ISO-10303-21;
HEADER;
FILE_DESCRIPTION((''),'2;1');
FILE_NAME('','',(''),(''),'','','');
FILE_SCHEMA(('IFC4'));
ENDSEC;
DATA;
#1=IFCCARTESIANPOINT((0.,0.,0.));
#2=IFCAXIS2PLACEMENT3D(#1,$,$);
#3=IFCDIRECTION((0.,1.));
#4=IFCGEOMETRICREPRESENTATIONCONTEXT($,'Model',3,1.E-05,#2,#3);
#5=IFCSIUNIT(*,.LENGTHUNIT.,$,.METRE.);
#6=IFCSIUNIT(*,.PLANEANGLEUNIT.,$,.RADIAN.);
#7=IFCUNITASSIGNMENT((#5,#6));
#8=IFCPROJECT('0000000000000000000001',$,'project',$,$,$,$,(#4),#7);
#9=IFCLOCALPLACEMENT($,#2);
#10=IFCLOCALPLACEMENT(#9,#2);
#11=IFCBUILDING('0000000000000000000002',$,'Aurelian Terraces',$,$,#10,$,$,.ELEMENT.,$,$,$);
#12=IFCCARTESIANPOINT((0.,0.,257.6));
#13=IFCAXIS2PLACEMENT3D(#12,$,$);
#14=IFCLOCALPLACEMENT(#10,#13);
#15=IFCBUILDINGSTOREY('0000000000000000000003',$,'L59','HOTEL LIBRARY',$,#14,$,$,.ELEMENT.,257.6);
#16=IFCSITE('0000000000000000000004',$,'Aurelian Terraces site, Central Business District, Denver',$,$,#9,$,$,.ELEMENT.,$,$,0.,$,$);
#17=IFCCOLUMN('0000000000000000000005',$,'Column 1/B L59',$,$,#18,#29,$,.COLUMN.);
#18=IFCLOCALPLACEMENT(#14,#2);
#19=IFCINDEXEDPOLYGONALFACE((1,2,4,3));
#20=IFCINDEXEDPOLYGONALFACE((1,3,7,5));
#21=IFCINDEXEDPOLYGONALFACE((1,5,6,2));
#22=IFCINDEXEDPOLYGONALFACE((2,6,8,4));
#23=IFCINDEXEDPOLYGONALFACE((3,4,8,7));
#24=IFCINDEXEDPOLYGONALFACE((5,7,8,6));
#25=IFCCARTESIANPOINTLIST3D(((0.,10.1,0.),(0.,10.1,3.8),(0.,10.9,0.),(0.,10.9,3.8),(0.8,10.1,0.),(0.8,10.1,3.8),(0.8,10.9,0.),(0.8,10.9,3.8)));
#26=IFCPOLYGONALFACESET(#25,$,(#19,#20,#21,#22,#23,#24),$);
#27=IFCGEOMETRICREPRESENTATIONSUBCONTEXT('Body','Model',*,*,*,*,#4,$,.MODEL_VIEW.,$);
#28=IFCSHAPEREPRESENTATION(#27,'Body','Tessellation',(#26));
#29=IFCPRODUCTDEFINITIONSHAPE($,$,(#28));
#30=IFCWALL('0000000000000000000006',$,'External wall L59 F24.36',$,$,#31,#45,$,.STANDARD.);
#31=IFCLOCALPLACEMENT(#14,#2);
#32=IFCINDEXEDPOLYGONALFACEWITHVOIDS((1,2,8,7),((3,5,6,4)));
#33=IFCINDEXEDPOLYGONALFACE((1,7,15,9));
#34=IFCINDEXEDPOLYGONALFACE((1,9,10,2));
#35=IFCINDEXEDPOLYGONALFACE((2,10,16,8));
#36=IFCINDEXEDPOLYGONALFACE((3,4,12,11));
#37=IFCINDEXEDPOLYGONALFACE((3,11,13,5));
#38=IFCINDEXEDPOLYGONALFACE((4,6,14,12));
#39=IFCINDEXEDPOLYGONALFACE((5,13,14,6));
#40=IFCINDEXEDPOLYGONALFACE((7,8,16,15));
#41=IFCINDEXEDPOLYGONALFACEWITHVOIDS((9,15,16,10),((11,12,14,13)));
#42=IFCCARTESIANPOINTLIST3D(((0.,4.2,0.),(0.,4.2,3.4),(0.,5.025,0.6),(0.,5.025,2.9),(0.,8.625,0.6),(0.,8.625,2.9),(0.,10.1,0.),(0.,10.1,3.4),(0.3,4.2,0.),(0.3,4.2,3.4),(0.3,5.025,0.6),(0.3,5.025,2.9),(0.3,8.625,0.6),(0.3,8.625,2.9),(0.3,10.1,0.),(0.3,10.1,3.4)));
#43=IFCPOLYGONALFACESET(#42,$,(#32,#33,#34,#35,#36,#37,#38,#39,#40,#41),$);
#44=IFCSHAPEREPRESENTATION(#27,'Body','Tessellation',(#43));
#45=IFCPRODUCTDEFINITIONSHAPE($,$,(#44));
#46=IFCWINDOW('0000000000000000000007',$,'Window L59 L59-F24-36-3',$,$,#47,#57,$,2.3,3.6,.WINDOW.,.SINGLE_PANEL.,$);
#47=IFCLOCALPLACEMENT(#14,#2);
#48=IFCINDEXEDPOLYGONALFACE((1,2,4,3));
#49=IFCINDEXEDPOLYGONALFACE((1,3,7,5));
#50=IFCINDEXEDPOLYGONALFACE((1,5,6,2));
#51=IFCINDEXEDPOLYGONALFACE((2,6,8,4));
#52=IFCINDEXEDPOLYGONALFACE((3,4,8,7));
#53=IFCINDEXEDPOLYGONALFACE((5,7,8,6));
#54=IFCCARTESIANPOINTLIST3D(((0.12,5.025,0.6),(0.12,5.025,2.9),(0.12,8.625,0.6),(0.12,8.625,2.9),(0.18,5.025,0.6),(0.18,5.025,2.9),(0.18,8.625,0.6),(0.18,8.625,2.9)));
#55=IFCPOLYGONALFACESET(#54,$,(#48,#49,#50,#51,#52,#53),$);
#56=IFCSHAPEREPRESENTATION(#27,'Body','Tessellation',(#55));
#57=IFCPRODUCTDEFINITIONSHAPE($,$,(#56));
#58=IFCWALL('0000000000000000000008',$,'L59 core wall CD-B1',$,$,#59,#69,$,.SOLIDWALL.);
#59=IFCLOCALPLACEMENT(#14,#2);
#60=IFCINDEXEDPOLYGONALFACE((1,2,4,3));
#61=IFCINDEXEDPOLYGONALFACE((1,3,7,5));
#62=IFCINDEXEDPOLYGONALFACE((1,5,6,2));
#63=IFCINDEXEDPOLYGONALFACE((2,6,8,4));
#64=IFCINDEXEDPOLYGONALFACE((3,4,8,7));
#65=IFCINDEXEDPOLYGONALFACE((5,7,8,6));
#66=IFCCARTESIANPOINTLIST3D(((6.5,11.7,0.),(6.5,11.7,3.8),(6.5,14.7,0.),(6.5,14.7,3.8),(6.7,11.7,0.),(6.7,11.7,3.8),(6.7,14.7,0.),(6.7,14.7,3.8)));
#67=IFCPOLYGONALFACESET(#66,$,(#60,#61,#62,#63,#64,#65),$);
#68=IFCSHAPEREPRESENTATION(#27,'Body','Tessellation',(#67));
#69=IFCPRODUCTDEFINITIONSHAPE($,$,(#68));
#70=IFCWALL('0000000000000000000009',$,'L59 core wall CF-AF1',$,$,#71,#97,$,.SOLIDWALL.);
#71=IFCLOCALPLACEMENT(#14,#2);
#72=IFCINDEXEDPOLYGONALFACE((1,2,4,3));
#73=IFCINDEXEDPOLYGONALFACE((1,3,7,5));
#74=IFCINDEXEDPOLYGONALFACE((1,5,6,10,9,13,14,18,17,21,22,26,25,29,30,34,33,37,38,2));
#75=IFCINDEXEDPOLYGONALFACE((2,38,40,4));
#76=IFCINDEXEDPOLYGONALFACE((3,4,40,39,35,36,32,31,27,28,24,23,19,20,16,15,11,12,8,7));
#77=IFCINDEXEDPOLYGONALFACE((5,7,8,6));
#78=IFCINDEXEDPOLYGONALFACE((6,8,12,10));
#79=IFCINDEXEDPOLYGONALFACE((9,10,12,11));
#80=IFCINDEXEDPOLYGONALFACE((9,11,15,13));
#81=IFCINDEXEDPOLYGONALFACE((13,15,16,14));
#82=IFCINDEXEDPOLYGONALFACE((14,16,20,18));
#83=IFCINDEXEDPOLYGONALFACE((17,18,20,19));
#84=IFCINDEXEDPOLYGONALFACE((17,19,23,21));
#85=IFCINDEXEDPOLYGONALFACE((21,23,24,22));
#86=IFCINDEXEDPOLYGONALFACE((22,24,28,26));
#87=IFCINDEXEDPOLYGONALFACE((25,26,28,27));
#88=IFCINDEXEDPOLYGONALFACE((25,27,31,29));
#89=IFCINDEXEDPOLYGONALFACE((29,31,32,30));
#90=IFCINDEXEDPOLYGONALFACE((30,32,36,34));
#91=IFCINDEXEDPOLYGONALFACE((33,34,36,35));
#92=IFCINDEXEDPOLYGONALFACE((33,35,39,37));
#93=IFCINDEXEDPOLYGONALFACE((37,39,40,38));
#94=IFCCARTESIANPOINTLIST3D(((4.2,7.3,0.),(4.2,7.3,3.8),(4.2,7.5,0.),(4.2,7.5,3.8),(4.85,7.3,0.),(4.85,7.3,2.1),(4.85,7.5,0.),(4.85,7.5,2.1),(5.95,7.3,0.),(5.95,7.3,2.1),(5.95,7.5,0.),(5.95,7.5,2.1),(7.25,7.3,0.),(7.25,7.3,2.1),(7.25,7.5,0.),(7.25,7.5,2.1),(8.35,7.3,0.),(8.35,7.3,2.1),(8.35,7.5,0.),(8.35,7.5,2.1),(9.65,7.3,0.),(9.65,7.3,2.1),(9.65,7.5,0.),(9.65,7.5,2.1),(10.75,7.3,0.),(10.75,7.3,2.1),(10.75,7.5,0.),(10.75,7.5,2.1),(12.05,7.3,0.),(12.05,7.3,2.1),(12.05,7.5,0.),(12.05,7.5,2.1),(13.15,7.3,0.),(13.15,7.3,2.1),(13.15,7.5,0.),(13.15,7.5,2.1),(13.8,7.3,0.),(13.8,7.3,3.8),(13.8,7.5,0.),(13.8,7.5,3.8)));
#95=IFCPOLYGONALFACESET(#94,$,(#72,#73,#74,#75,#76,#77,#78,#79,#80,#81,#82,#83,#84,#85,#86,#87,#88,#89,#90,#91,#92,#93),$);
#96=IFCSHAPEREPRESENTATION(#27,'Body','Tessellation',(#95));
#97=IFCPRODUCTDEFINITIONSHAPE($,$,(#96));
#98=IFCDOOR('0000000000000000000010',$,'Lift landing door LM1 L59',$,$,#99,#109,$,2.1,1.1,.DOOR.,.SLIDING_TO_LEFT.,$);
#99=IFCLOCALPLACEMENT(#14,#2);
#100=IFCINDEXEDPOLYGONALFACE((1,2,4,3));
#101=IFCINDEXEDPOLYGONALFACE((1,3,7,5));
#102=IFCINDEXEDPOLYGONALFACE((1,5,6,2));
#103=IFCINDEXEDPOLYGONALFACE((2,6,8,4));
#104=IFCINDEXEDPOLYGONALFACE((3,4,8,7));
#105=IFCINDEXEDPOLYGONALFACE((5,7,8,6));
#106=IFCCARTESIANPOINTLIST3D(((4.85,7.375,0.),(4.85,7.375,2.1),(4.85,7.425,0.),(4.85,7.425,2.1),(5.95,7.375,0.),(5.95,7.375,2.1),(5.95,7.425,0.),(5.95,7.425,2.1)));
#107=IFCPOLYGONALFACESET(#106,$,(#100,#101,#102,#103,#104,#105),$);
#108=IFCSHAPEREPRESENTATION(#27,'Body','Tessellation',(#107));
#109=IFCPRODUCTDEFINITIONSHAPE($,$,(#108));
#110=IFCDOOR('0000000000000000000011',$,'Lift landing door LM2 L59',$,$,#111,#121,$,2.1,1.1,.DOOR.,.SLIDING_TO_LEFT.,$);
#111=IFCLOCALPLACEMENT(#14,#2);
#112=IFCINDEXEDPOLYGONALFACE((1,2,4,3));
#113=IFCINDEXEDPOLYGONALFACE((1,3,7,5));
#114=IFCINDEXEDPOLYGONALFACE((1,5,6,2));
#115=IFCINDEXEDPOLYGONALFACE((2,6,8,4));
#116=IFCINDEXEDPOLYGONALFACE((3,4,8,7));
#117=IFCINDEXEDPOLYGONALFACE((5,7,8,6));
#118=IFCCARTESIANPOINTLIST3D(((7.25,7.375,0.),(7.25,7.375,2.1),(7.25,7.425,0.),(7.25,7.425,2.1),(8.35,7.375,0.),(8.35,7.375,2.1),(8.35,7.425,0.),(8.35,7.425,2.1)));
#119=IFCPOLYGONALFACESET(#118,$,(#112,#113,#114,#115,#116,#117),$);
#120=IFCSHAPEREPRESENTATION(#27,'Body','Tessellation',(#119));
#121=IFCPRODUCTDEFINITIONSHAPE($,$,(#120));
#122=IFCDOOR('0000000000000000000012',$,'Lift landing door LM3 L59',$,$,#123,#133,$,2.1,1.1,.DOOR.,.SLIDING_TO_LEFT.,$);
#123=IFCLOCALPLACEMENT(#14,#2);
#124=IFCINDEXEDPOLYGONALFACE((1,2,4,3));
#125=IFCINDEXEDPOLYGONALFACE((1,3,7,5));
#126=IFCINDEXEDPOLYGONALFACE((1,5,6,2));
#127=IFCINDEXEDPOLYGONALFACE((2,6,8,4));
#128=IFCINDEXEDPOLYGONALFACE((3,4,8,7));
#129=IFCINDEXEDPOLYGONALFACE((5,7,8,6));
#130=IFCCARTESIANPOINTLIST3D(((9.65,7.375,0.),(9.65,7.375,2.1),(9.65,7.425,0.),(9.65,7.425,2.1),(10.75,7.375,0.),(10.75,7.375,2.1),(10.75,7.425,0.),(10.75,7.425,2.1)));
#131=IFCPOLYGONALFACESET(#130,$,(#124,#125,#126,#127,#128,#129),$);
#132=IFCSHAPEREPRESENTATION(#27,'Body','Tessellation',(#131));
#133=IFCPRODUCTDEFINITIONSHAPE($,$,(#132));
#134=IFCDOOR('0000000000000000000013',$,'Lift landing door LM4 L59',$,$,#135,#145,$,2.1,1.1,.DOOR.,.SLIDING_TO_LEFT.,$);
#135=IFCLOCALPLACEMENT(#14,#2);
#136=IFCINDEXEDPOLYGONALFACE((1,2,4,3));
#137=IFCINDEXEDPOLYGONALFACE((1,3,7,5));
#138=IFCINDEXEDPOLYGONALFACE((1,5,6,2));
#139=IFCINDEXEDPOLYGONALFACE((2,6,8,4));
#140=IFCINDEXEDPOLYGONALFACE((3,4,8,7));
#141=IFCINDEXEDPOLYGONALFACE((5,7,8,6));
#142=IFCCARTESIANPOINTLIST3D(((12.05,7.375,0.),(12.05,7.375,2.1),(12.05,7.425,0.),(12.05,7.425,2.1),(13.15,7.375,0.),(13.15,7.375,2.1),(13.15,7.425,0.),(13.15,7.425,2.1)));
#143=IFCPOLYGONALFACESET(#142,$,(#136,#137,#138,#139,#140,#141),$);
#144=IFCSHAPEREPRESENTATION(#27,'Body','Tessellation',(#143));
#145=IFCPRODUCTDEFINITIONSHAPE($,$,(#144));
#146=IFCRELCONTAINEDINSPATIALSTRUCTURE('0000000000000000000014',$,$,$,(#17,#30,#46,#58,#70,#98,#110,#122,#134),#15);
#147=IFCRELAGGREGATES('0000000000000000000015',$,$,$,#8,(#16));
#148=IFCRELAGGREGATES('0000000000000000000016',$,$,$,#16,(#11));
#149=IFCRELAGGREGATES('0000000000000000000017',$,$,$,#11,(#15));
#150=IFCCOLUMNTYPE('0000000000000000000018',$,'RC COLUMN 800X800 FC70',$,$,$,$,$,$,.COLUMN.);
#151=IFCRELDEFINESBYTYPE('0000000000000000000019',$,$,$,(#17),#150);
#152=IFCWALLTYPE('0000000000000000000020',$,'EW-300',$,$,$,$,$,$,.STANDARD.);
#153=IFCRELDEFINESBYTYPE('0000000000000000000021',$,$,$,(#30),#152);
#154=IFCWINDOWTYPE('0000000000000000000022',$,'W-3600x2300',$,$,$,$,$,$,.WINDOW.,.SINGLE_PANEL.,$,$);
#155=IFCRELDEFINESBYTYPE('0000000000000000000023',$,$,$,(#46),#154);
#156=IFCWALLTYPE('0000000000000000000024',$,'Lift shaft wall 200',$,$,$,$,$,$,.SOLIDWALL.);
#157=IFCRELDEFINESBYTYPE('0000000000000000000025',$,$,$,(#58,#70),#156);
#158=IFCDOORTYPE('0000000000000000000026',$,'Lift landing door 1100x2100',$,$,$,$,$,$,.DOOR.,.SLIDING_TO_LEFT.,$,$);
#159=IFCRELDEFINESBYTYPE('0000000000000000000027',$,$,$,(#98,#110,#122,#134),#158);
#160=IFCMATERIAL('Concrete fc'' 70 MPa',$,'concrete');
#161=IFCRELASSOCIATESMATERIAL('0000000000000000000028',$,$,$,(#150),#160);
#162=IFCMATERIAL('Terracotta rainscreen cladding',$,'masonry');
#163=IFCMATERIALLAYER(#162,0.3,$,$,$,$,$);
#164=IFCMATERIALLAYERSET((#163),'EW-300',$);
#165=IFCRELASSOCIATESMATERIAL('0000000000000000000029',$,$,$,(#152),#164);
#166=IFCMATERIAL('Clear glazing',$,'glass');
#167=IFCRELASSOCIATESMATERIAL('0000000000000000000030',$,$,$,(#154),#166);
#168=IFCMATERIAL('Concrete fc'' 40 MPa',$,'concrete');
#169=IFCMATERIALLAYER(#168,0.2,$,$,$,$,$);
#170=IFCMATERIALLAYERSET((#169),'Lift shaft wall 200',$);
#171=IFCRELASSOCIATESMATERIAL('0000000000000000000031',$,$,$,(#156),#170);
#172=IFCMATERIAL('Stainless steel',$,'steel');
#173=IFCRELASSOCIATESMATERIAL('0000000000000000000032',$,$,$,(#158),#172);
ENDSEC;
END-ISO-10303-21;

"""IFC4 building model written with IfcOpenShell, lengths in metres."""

from ifc_helpers import new_model, si_unit, direction, frame, frame_2d, origin, origin_2d, place, context, subcontext, project, spatial, rectangle, extrude, source, transform, mapped, material, layer, layer_set, material_profile, profile_set, type_object, element, fill, save


model = new_model("IFC4")

# Units and contexts
model_context = context("Model", 3, precision=1e-05, world=origin(), true_north=direction((0.0, 1.0)))
body_context = subcontext(model_context, "Body", "Model", "MODEL_VIEW")
ifc_project = project(units=[si_unit("LENGTHUNIT", "METRE"), si_unit("PLANEANGLEUNIT", "RADIAN")], contexts=[model_context])

# Site, building, storey
site_placement = place(None, origin())
site = spatial("IfcSite", under=ifc_project, at=site_placement, Name="Aurelian Terraces site, Central Business District, Denver", CompositionType="ELEMENT", RefElevation=0.0)
building_placement = place(site_placement, origin())
building = spatial("IfcBuilding", under=site, at=building_placement, Name="Aurelian Terraces", CompositionType="ELEMENT")
storey_placement = place(building_placement, frame((0.0, 0.0, 257.6)))
storey = spatial("IfcBuildingStorey", under=building, at=storey_placement, Name="L59", Description="HOTEL LIBRARY", CompositionType="ELEMENT", Elevation=257.6)

# Column
ifc_material_1 = material(Name="Concrete fc' 70 MPa", Category="concrete")
ifc_material_profile = material_profile(ifc_material_1, rectangle(XDim=0.8, YDim=0.8, at=origin_2d()))
ifc_profile_set = profile_set([ifc_material_profile], Name="Concrete fc' 70 MPa")
column_type = type_object("IfcColumnType", Name="RC COLUMN 800X800 FC70", PredefinedType="COLUMN", material=ifc_profile_set)
shared_shape_1 = source(origin(), body_context, "Body", "SweptSolid", [
    extrude(rectangle(XDim=0.8, YDim=0.8, at=origin_2d()), origin(), (0.0, 0.0, 1.0), 3.8),
])
column_placement = place(storey_placement, frame((0.4, 10.5, 0.0), z_axis=(0.0, 0.0, 1.0), x_axis=(1.0, 0.0, 0.0)))
element("IfcColumn", 1, at=column_placement, inside=storey, type_object=column_type, Name="Column 1/B L59", PredefinedType="COLUMN", context=body_context, shape_type="MappedRepresentation", body=[
    mapped(shared_shape_1, transform((0.0, 0.0, 0.0), scale=1.0)),
])

# Wall, opening, window
ifc_material_2 = material(Name="Terracotta rainscreen cladding", Category="masonry")
ifc_layer_1 = layer(ifc_material_2, 0.3)
ifc_layer_set_1 = layer_set([ifc_layer_1], Name="EW-300")
wall_type_1 = type_object("IfcWallType", Name="EW-300", PredefinedType="STANDARD", material=ifc_layer_set_1)
shared_shape_2 = source(origin(), body_context, "Body", "SweptSolid", [
    extrude(rectangle(XDim=5.9, YDim=0.3, at=frame_2d((2.95, 0.0))), origin(), (0.0, 0.0, 1.0), 3.4),
])
wall_1_placement = place(storey_placement, frame((0.15, 10.1, 0.0), z_axis=(0.0, 0.0, 1.0), x_axis=(0.0, -1.0, 0.0)))
wall_1 = element("IfcWall", 2, at=wall_1_placement, inside=storey, type_object=wall_type_1, Name="External wall L59 F24.36", PredefinedType="STANDARD", context=body_context, shape_type="MappedRepresentation", body=[
    mapped(shared_shape_2, transform((0.0, 0.0, 0.0), scale=1.0)),
])
shared_shape_3 = source(origin(), body_context, "Body", "SweptSolid", [
    extrude(rectangle(XDim=3.6, YDim=2.3, at=frame_2d((1.8, 1.15))), frame((0.0, 0.16, 0.0), z_axis=(0.0, -1.0, 0.0), x_axis=(1.0, 0.0, 0.0)), (0.0, 0.0, 1.0), 0.32),
])
opening_1_placement = place(wall_1_placement, frame((1.475, 0.0, 0.6)))
opening_1 = element("IfcOpeningElement", 3, at=opening_1_placement, cuts=wall_1, PredefinedType="OPENING", context=body_context, shape_type="MappedRepresentation", body=[
    mapped(shared_shape_3, transform((0.0, 0.0, 0.0), scale=1.0)),
])
ifc_material_3 = material(Name="Clear glazing", Category="glass")
window_type = type_object("IfcWindowType", Name="W-3600x2300", PartitioningType="SINGLE_PANEL", PredefinedType="WINDOW", material=ifc_material_3)
shared_shape_4 = source(origin(), body_context, "Body", "SweptSolid", [
    extrude(rectangle(XDim=3.6, YDim=2.3, at=frame_2d((1.8, 1.15))), frame((0.0, 0.03, 0.0), z_axis=(0.0, -1.0, 0.0), x_axis=(1.0, 0.0, 0.0)), (0.0, 0.0, 1.0), 0.06),
])
window_placement = place(opening_1_placement, origin())
window = element("IfcWindow", 4, at=window_placement, inside=storey, type_object=window_type, Name="Window L59 L59-F24-36-3", OverallHeight=2.3, OverallWidth=3.6, PartitioningType="SINGLE_PANEL", PredefinedType="WINDOW", context=body_context, shape_type="MappedRepresentation", body=[
    mapped(shared_shape_4, transform((0.0, 0.0, 0.0), scale=1.0)),
])
fill(opening_1, window)

# Wall
ifc_material_4 = material(Name="Concrete fc' 40 MPa", Category="concrete")
ifc_layer_2 = layer(ifc_material_4, 0.2)
ifc_layer_set_2 = layer_set([ifc_layer_2], Name="Lift shaft wall 200")
wall_type_2 = type_object("IfcWallType", Name="Lift shaft wall 200", PredefinedType="SOLIDWALL", material=ifc_layer_set_2)
shared_shape_5 = source(origin(), body_context, "Body", "SweptSolid", [
    extrude(rectangle(XDim=3.0, YDim=0.2, at=frame_2d((1.5, 0.0))), origin(), (0.0, 0.0, 1.0), 3.8),
])
wall_2_placement = place(storey_placement, frame((6.6, 11.7, 0.0), z_axis=(0.0, 0.0, 1.0), x_axis=(0.0, 1.0, 0.0)))
element("IfcWall", 5, at=wall_2_placement, inside=storey, type_object=wall_type_2, Name="L59 core wall CD-B1", PredefinedType="SOLIDWALL", context=body_context, shape_type="MappedRepresentation", body=[
    mapped(shared_shape_5, transform((0.0, 0.0, 0.0), scale=1.0)),
])

# Wall, openings, doors
shared_shape_6 = source(origin(), body_context, "Body", "SweptSolid", [
    extrude(rectangle(XDim=9.6, YDim=0.2, at=frame_2d((4.8, 0.0))), origin(), (0.0, 0.0, 1.0), 3.8),
])
wall_3_placement = place(storey_placement, frame((4.2, 7.4, 0.0), z_axis=(0.0, 0.0, 1.0), x_axis=(1.0, 0.0, 0.0)))
wall_3 = element("IfcWall", 6, at=wall_3_placement, inside=storey, type_object=wall_type_2, Name="L59 core wall CF-AF1", PredefinedType="SOLIDWALL", context=body_context, shape_type="MappedRepresentation", body=[
    mapped(shared_shape_6, transform((0.0, 0.0, 0.0), scale=1.0)),
])
shared_shape_7 = source(origin(), body_context, "Body", "SweptSolid", [
    extrude(rectangle(XDim=1.1, YDim=2.1, at=frame_2d((0.55, 1.05))), frame((0.0, 0.11, 0.0), z_axis=(0.0, -1.0, 0.0), x_axis=(1.0, 0.0, 0.0)), (0.0, 0.0, 1.0), 0.22),
])
opening_2_placement = place(wall_3_placement, frame((0.65, 0.0, 0.0)))
opening_2 = element("IfcOpeningElement", 7, at=opening_2_placement, cuts=wall_3, PredefinedType="OPENING", context=body_context, shape_type="MappedRepresentation", body=[
    mapped(shared_shape_7, transform((0.0, 0.0, 0.0), scale=1.0)),
])
opening_3_placement = place(wall_3_placement, frame((3.05, 0.0, 0.0)))
opening_3 = element("IfcOpeningElement", 8, at=opening_3_placement, cuts=wall_3, PredefinedType="OPENING", context=body_context, shape_type="MappedRepresentation", body=[
    mapped(shared_shape_7, transform((0.0, 0.0, 0.0), scale=1.0)),
])
opening_4_placement = place(wall_3_placement, frame((5.45, 0.0, 0.0)))
opening_4 = element("IfcOpeningElement", 9, at=opening_4_placement, cuts=wall_3, PredefinedType="OPENING", context=body_context, shape_type="MappedRepresentation", body=[
    mapped(shared_shape_7, transform((0.0, 0.0, 0.0), scale=1.0)),
])
opening_5_placement = place(wall_3_placement, frame((7.85, 0.0, 0.0)))
opening_5 = element("IfcOpeningElement", 10, at=opening_5_placement, cuts=wall_3, PredefinedType="OPENING", context=body_context, shape_type="MappedRepresentation", body=[
    mapped(shared_shape_7, transform((0.0, 0.0, 0.0), scale=1.0)),
])
ifc_material_5 = material(Name="Stainless steel", Category="steel")
door_type = type_object("IfcDoorType", Name="Lift landing door 1100x2100", OperationType="SLIDING_TO_LEFT", PredefinedType="DOOR", material=ifc_material_5)
shared_shape_8 = source(origin(), body_context, "Body", "SweptSolid", [
    extrude(rectangle(XDim=1.1, YDim=2.1, at=frame_2d((0.55, 1.05))), frame((0.0, 0.025, 0.0), z_axis=(0.0, -1.0, 0.0), x_axis=(1.0, 0.0, 0.0)), (0.0, 0.0, 1.0), 0.05),
])
door_1_placement = place(opening_2_placement, origin())
door_1 = element("IfcDoor", 11, at=door_1_placement, inside=storey, type_object=door_type, Name="Lift landing door LM1 L59", OperationType="SLIDING_TO_LEFT", OverallHeight=2.1, OverallWidth=1.1, PredefinedType="DOOR", context=body_context, shape_type="MappedRepresentation", body=[
    mapped(shared_shape_8, transform((0.0, 0.0, 0.0), scale=1.0)),
])
fill(opening_2, door_1)
door_2_placement = place(opening_3_placement, origin())
door_2 = element("IfcDoor", 12, at=door_2_placement, inside=storey, type_object=door_type, Name="Lift landing door LM2 L59", OperationType="SLIDING_TO_LEFT", OverallHeight=2.1, OverallWidth=1.1, PredefinedType="DOOR", context=body_context, shape_type="MappedRepresentation", body=[
    mapped(shared_shape_8, transform((0.0, 0.0, 0.0), scale=1.0)),
])
fill(opening_3, door_2)
door_3_placement = place(opening_4_placement, origin())
door_3 = element("IfcDoor", 13, at=door_3_placement, inside=storey, type_object=door_type, Name="Lift landing door LM3 L59", OperationType="SLIDING_TO_LEFT", OverallHeight=2.1, OverallWidth=1.1, PredefinedType="DOOR", context=body_context, shape_type="MappedRepresentation", body=[
    mapped(shared_shape_8, transform((0.0, 0.0, 0.0), scale=1.0)),
])
fill(opening_4, door_3)
door_4_placement = place(opening_5_placement, origin())
door_4 = element("IfcDoor", 14, at=door_4_placement, inside=storey, type_object=door_type, Name="Lift landing door LM4 L59", OperationType="SLIDING_TO_LEFT", OverallHeight=2.1, OverallWidth=1.1, PredefinedType="DOOR", context=body_context, shape_type="MappedRepresentation", body=[
    mapped(shared_shape_8, transform((0.0, 0.0, 0.0), scale=1.0)),
])
fill(opening_5, door_4)

save(model, "model.ifc")
